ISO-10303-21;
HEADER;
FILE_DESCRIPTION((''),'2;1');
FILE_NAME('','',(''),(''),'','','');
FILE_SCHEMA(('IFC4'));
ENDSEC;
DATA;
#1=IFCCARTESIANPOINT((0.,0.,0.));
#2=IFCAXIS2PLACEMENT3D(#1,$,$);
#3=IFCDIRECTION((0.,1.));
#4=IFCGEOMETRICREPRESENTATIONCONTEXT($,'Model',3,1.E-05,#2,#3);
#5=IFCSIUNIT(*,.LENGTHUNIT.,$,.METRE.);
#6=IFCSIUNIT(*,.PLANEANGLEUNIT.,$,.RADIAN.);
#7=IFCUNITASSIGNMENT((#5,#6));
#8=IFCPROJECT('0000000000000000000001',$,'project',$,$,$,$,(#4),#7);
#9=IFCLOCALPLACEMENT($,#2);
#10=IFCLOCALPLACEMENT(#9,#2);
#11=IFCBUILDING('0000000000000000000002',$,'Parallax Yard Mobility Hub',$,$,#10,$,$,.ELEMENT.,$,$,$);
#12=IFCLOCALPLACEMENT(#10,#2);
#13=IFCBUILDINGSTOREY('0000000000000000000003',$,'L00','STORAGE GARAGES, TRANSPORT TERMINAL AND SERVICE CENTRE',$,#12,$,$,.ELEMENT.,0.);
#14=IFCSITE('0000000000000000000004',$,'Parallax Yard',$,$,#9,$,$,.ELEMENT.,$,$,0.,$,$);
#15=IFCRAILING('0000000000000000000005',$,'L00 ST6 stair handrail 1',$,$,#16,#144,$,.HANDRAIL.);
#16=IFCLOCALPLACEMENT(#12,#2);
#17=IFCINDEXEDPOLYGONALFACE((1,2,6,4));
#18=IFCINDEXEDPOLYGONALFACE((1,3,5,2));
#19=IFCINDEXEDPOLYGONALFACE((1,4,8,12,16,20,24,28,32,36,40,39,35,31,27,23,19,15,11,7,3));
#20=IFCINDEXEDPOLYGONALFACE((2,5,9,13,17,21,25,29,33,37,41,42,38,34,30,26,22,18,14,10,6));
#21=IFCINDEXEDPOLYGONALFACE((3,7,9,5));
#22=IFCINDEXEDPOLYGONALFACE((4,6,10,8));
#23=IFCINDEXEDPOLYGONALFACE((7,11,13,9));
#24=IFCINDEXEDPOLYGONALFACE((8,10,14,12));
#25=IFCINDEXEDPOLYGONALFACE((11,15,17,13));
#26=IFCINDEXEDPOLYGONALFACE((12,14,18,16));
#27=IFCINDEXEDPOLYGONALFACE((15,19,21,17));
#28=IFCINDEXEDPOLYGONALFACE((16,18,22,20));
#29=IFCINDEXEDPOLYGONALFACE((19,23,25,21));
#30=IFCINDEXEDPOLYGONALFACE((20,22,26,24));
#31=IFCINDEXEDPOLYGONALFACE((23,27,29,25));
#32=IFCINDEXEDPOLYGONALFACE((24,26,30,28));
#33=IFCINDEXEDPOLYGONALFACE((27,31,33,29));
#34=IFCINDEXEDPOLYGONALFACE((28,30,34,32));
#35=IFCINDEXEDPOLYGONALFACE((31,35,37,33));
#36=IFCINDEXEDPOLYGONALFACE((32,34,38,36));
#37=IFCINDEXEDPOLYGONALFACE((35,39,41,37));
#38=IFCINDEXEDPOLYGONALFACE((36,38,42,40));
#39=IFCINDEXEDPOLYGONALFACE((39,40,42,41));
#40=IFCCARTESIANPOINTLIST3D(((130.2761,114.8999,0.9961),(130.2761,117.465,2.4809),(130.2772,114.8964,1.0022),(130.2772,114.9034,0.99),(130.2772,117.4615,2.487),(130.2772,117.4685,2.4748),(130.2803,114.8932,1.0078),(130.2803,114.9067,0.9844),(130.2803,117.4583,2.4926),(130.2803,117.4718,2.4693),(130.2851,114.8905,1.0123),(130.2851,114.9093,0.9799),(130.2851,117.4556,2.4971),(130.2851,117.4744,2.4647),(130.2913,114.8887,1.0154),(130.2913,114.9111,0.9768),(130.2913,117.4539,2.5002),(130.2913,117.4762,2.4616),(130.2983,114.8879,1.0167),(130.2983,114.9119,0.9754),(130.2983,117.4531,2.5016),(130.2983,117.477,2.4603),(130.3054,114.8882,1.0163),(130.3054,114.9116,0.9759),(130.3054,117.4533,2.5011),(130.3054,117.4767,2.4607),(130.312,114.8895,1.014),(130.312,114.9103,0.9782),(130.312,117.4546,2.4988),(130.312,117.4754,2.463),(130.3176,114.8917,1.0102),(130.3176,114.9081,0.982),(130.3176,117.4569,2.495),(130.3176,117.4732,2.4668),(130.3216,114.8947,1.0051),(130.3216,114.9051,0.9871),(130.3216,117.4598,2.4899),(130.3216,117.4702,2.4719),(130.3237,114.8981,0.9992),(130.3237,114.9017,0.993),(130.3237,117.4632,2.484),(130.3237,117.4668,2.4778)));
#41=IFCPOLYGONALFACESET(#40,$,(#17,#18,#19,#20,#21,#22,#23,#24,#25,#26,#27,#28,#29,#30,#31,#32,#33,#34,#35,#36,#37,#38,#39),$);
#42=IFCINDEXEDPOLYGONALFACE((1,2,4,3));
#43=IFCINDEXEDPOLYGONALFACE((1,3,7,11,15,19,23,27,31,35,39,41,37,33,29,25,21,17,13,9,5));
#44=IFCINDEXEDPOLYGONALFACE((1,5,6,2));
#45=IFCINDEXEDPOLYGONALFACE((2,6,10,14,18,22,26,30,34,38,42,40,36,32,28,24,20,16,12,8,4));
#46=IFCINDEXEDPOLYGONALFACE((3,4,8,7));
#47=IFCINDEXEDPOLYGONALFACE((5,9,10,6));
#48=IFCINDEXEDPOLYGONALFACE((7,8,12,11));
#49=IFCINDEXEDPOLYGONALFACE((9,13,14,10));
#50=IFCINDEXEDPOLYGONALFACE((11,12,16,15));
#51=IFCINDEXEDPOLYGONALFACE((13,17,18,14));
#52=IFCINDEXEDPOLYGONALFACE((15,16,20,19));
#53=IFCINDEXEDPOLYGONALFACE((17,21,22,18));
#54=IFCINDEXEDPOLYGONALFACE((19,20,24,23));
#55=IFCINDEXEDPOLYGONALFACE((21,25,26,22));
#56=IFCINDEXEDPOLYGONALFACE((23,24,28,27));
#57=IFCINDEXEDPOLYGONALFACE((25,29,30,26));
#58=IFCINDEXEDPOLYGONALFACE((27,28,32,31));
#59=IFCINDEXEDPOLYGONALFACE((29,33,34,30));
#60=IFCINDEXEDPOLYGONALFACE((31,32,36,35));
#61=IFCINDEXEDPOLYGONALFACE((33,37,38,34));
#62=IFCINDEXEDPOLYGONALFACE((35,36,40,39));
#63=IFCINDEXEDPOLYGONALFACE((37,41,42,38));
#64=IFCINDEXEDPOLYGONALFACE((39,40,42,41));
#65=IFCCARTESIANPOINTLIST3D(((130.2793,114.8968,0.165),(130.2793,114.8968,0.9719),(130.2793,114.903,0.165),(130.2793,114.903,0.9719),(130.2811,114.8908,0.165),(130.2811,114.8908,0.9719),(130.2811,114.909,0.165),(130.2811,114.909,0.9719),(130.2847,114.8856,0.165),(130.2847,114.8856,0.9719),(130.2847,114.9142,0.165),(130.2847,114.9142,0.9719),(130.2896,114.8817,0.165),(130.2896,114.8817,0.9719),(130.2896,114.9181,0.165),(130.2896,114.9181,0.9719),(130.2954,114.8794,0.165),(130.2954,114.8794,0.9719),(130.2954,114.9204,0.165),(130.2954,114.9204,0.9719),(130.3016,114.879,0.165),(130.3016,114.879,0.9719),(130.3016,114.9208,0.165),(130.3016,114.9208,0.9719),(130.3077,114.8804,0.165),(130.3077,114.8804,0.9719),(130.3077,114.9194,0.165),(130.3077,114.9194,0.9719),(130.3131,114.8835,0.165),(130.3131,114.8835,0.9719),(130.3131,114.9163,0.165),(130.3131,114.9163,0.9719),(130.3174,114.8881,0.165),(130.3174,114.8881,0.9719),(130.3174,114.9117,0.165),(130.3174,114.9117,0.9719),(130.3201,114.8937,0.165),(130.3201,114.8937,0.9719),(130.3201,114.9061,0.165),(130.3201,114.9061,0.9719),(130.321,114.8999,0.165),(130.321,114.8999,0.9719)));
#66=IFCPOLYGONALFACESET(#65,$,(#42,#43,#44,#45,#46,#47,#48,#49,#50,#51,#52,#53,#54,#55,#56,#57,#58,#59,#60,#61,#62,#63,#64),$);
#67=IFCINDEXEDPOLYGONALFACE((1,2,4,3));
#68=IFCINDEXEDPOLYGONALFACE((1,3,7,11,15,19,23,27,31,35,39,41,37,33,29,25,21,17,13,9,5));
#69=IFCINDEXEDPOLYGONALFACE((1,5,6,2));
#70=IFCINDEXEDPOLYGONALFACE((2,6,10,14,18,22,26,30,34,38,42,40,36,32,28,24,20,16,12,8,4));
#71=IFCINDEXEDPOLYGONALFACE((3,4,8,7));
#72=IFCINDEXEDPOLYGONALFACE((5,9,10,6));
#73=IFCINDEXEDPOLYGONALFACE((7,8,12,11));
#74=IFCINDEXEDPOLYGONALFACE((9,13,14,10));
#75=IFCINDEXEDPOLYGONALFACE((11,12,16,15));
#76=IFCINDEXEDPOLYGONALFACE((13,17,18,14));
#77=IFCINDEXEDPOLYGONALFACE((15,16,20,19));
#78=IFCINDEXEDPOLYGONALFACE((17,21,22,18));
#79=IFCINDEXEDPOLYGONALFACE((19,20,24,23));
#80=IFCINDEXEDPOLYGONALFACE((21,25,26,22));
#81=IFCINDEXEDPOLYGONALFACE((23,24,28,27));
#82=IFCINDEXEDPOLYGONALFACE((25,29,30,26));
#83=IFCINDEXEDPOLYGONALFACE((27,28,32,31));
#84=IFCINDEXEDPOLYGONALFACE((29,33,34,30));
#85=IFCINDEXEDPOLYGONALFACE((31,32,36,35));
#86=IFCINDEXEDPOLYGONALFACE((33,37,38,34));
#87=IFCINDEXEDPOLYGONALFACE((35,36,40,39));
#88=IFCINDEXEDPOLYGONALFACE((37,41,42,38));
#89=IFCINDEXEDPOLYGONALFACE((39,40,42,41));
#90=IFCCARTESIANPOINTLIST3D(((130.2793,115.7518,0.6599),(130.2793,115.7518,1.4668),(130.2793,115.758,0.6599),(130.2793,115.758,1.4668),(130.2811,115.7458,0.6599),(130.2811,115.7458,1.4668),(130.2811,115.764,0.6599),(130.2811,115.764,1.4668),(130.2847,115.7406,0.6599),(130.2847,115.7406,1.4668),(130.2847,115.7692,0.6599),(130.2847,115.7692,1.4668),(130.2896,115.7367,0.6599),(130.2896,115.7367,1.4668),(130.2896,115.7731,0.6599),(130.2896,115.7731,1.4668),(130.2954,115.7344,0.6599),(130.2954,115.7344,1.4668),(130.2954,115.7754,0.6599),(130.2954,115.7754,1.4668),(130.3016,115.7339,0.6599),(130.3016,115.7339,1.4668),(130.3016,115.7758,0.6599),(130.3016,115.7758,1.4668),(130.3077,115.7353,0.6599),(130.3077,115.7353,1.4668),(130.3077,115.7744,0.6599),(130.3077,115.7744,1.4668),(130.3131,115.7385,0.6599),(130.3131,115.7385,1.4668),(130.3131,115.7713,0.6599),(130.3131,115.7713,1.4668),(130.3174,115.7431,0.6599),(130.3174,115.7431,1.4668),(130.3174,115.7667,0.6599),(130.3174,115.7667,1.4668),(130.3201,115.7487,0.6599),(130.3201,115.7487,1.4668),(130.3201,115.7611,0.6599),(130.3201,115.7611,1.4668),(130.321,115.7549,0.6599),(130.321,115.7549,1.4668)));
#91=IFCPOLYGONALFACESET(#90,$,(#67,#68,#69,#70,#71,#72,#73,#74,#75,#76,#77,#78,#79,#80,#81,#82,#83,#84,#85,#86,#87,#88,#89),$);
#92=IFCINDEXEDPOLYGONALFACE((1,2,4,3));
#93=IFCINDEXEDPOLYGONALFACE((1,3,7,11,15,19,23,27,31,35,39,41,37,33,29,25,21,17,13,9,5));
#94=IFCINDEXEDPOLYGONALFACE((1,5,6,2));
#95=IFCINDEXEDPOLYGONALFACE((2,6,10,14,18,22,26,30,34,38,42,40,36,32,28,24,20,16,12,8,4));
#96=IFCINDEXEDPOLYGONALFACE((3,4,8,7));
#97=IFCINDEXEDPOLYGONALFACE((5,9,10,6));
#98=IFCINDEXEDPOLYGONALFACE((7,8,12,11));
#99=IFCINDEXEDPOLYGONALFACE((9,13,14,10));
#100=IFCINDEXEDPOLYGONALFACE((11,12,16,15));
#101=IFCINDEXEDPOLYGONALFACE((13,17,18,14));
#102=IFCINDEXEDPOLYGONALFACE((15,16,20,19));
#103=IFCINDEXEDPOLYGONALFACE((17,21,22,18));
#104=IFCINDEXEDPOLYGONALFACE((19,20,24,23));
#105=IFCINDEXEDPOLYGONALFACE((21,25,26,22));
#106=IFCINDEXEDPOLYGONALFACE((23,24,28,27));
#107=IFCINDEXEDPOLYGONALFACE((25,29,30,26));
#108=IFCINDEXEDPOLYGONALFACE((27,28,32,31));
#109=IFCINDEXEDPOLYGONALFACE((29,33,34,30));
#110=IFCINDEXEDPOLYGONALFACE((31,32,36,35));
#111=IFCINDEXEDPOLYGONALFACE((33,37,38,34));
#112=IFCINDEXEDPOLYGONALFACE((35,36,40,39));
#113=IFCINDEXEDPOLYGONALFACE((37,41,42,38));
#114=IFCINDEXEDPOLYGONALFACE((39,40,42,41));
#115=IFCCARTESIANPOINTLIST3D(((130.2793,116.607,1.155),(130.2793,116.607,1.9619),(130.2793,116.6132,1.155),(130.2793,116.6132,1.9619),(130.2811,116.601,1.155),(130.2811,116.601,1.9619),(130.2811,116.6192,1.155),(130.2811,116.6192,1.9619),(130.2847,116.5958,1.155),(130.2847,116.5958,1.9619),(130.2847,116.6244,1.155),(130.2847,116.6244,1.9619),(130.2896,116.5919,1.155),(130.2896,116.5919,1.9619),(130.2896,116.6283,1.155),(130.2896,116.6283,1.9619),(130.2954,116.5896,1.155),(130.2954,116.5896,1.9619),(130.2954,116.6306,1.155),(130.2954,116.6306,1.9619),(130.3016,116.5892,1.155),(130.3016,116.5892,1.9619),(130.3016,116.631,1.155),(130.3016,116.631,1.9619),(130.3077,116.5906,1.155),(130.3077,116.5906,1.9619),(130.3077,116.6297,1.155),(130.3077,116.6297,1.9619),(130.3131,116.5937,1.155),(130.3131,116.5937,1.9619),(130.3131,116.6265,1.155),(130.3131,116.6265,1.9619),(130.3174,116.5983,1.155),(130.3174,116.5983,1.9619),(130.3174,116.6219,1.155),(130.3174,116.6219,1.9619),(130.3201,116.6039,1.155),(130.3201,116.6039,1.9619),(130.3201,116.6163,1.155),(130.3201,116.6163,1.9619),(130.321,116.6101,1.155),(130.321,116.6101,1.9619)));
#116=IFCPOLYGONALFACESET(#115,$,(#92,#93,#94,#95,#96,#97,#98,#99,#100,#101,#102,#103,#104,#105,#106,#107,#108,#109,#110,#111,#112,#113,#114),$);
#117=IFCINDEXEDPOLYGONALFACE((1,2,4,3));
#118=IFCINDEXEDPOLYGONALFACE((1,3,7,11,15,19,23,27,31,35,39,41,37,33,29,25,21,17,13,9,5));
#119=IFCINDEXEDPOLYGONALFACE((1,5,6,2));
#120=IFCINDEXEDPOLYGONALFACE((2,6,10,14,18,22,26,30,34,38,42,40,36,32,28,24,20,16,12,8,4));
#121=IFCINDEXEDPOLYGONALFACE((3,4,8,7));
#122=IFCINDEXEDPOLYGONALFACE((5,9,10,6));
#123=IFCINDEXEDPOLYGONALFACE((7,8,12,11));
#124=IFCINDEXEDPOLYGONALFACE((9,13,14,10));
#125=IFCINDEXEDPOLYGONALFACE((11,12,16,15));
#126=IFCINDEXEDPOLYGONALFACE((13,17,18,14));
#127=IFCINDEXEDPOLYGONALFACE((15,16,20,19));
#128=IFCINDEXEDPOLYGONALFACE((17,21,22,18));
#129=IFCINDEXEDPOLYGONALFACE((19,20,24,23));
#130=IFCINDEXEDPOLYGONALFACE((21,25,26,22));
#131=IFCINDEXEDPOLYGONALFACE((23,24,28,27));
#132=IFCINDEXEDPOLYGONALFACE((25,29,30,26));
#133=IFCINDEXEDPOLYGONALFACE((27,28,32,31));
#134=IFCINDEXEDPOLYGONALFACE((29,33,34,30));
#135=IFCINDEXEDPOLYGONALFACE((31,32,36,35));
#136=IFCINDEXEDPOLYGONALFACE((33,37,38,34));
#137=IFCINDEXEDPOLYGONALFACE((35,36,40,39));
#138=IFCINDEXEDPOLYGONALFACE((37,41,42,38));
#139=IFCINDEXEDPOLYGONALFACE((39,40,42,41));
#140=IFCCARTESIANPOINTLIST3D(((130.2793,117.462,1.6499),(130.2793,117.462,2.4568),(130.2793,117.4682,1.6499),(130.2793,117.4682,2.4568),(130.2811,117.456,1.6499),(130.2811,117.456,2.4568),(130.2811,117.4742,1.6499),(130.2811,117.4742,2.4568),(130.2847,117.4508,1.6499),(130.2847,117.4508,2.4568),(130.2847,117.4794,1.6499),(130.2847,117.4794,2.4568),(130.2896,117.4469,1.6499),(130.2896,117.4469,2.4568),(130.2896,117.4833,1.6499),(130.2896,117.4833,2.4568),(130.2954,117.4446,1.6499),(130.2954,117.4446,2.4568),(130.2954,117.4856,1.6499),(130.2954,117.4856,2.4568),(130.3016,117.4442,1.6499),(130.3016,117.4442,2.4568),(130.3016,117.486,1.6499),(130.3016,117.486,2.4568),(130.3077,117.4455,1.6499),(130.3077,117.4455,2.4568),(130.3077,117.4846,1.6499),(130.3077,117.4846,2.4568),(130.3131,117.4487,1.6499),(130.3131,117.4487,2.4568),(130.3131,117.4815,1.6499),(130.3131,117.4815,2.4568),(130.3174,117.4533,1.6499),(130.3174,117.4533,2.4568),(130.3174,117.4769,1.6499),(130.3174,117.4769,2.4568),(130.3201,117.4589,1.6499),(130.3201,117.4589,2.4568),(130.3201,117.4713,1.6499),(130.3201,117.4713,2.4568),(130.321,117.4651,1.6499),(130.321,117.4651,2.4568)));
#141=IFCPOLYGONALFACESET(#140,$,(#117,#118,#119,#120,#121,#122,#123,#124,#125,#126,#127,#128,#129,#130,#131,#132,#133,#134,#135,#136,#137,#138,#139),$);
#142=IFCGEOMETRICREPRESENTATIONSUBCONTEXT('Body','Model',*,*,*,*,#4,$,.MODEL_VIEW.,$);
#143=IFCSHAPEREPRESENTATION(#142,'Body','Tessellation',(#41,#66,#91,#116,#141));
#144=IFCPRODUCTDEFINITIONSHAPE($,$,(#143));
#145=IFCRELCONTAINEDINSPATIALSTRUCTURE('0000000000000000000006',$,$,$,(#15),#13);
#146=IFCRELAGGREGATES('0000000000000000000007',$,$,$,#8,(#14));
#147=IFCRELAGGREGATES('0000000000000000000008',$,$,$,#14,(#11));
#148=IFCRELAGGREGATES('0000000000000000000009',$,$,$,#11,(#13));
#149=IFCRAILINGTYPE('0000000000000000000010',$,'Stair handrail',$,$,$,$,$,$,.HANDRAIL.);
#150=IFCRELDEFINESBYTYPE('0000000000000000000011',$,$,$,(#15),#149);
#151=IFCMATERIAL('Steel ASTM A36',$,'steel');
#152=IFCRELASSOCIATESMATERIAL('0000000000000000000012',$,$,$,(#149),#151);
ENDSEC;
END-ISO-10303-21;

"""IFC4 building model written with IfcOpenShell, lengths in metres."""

from ifc_helpers import new_model, si_unit, direction, frame, origin, origin_2d, place, context, subcontext, project, spatial, circle, extrude, material, type_object, element, save


model = new_model("IFC4")

# Units and contexts
model_context = context("Model", 3, precision=1e-05, world=origin(), true_north=direction((0.0, 1.0)))
body_context = subcontext(model_context, "Body", "Model", "MODEL_VIEW")
ifc_project = project(units=[si_unit("LENGTHUNIT", "METRE"), si_unit("PLANEANGLEUNIT", "RADIAN")], contexts=[model_context])

# Site, building, storey
site_placement = place(None, origin())
site = spatial("IfcSite", under=ifc_project, at=site_placement, Name="Parallax Yard", CompositionType="ELEMENT", RefElevation=0.0)
building_placement = place(site_placement, origin())
building = spatial("IfcBuilding", under=site, at=building_placement, Name="Parallax Yard Mobility Hub", CompositionType="ELEMENT")
storey_placement = place(building_placement, origin())
storey = spatial("IfcBuildingStorey", under=building, at=storey_placement, Name="L00", Description="STORAGE GARAGES, TRANSPORT TERMINAL AND SERVICE CENTRE", CompositionType="ELEMENT", Elevation=0.0)

# Railing
ifc_material_1 = material(Name="Steel ASTM A36", Category="steel")
railing_type_1 = type_object("IfcRailingType", Name="Stair handrail", PredefinedType="HANDRAIL", material=ifc_material_1)
railing_1_placement = place(storey_placement, frame((130.3, 114.8999, 0.165)))
element("IfcRailing", 1, at=railing_1_placement, inside=storey, type_object=railing_type_1, Name="L00 ST6 stair handrail 1", PredefinedType="HANDRAIL", context=body_context, shape_type="SweptSolid", body=[
    extrude(circle(Radius=0.0239, at=origin_2d()), frame((0.0, 0.0, 0.8311), z_axis=(0.0, 0.865462, 0.500975), x_axis=(-1.0, 0.0, 0.0)), (0.0, 0.0, 1.0), 2.9639),
    extrude(circle(Radius=0.021, at=origin_2d()), origin(), (0.0, 0.0, 1.0), 0.8069),
    extrude(circle(Radius=0.021, at=origin_2d()), frame((0.0, 0.855, 0.4949)), (0.0, 0.0, 1.0), 0.8069),
    extrude(circle(Radius=0.021, at=origin_2d()), frame((0.0, 1.7102, 0.99)), (0.0, 0.0, 1.0), 0.8069),
    extrude(circle(Radius=0.021, at=origin_2d()), frame((0.0, 2.5652, 1.4849)), (0.0, 0.0, 1.0), 0.8069),
])

save(model, "model.ifc")
